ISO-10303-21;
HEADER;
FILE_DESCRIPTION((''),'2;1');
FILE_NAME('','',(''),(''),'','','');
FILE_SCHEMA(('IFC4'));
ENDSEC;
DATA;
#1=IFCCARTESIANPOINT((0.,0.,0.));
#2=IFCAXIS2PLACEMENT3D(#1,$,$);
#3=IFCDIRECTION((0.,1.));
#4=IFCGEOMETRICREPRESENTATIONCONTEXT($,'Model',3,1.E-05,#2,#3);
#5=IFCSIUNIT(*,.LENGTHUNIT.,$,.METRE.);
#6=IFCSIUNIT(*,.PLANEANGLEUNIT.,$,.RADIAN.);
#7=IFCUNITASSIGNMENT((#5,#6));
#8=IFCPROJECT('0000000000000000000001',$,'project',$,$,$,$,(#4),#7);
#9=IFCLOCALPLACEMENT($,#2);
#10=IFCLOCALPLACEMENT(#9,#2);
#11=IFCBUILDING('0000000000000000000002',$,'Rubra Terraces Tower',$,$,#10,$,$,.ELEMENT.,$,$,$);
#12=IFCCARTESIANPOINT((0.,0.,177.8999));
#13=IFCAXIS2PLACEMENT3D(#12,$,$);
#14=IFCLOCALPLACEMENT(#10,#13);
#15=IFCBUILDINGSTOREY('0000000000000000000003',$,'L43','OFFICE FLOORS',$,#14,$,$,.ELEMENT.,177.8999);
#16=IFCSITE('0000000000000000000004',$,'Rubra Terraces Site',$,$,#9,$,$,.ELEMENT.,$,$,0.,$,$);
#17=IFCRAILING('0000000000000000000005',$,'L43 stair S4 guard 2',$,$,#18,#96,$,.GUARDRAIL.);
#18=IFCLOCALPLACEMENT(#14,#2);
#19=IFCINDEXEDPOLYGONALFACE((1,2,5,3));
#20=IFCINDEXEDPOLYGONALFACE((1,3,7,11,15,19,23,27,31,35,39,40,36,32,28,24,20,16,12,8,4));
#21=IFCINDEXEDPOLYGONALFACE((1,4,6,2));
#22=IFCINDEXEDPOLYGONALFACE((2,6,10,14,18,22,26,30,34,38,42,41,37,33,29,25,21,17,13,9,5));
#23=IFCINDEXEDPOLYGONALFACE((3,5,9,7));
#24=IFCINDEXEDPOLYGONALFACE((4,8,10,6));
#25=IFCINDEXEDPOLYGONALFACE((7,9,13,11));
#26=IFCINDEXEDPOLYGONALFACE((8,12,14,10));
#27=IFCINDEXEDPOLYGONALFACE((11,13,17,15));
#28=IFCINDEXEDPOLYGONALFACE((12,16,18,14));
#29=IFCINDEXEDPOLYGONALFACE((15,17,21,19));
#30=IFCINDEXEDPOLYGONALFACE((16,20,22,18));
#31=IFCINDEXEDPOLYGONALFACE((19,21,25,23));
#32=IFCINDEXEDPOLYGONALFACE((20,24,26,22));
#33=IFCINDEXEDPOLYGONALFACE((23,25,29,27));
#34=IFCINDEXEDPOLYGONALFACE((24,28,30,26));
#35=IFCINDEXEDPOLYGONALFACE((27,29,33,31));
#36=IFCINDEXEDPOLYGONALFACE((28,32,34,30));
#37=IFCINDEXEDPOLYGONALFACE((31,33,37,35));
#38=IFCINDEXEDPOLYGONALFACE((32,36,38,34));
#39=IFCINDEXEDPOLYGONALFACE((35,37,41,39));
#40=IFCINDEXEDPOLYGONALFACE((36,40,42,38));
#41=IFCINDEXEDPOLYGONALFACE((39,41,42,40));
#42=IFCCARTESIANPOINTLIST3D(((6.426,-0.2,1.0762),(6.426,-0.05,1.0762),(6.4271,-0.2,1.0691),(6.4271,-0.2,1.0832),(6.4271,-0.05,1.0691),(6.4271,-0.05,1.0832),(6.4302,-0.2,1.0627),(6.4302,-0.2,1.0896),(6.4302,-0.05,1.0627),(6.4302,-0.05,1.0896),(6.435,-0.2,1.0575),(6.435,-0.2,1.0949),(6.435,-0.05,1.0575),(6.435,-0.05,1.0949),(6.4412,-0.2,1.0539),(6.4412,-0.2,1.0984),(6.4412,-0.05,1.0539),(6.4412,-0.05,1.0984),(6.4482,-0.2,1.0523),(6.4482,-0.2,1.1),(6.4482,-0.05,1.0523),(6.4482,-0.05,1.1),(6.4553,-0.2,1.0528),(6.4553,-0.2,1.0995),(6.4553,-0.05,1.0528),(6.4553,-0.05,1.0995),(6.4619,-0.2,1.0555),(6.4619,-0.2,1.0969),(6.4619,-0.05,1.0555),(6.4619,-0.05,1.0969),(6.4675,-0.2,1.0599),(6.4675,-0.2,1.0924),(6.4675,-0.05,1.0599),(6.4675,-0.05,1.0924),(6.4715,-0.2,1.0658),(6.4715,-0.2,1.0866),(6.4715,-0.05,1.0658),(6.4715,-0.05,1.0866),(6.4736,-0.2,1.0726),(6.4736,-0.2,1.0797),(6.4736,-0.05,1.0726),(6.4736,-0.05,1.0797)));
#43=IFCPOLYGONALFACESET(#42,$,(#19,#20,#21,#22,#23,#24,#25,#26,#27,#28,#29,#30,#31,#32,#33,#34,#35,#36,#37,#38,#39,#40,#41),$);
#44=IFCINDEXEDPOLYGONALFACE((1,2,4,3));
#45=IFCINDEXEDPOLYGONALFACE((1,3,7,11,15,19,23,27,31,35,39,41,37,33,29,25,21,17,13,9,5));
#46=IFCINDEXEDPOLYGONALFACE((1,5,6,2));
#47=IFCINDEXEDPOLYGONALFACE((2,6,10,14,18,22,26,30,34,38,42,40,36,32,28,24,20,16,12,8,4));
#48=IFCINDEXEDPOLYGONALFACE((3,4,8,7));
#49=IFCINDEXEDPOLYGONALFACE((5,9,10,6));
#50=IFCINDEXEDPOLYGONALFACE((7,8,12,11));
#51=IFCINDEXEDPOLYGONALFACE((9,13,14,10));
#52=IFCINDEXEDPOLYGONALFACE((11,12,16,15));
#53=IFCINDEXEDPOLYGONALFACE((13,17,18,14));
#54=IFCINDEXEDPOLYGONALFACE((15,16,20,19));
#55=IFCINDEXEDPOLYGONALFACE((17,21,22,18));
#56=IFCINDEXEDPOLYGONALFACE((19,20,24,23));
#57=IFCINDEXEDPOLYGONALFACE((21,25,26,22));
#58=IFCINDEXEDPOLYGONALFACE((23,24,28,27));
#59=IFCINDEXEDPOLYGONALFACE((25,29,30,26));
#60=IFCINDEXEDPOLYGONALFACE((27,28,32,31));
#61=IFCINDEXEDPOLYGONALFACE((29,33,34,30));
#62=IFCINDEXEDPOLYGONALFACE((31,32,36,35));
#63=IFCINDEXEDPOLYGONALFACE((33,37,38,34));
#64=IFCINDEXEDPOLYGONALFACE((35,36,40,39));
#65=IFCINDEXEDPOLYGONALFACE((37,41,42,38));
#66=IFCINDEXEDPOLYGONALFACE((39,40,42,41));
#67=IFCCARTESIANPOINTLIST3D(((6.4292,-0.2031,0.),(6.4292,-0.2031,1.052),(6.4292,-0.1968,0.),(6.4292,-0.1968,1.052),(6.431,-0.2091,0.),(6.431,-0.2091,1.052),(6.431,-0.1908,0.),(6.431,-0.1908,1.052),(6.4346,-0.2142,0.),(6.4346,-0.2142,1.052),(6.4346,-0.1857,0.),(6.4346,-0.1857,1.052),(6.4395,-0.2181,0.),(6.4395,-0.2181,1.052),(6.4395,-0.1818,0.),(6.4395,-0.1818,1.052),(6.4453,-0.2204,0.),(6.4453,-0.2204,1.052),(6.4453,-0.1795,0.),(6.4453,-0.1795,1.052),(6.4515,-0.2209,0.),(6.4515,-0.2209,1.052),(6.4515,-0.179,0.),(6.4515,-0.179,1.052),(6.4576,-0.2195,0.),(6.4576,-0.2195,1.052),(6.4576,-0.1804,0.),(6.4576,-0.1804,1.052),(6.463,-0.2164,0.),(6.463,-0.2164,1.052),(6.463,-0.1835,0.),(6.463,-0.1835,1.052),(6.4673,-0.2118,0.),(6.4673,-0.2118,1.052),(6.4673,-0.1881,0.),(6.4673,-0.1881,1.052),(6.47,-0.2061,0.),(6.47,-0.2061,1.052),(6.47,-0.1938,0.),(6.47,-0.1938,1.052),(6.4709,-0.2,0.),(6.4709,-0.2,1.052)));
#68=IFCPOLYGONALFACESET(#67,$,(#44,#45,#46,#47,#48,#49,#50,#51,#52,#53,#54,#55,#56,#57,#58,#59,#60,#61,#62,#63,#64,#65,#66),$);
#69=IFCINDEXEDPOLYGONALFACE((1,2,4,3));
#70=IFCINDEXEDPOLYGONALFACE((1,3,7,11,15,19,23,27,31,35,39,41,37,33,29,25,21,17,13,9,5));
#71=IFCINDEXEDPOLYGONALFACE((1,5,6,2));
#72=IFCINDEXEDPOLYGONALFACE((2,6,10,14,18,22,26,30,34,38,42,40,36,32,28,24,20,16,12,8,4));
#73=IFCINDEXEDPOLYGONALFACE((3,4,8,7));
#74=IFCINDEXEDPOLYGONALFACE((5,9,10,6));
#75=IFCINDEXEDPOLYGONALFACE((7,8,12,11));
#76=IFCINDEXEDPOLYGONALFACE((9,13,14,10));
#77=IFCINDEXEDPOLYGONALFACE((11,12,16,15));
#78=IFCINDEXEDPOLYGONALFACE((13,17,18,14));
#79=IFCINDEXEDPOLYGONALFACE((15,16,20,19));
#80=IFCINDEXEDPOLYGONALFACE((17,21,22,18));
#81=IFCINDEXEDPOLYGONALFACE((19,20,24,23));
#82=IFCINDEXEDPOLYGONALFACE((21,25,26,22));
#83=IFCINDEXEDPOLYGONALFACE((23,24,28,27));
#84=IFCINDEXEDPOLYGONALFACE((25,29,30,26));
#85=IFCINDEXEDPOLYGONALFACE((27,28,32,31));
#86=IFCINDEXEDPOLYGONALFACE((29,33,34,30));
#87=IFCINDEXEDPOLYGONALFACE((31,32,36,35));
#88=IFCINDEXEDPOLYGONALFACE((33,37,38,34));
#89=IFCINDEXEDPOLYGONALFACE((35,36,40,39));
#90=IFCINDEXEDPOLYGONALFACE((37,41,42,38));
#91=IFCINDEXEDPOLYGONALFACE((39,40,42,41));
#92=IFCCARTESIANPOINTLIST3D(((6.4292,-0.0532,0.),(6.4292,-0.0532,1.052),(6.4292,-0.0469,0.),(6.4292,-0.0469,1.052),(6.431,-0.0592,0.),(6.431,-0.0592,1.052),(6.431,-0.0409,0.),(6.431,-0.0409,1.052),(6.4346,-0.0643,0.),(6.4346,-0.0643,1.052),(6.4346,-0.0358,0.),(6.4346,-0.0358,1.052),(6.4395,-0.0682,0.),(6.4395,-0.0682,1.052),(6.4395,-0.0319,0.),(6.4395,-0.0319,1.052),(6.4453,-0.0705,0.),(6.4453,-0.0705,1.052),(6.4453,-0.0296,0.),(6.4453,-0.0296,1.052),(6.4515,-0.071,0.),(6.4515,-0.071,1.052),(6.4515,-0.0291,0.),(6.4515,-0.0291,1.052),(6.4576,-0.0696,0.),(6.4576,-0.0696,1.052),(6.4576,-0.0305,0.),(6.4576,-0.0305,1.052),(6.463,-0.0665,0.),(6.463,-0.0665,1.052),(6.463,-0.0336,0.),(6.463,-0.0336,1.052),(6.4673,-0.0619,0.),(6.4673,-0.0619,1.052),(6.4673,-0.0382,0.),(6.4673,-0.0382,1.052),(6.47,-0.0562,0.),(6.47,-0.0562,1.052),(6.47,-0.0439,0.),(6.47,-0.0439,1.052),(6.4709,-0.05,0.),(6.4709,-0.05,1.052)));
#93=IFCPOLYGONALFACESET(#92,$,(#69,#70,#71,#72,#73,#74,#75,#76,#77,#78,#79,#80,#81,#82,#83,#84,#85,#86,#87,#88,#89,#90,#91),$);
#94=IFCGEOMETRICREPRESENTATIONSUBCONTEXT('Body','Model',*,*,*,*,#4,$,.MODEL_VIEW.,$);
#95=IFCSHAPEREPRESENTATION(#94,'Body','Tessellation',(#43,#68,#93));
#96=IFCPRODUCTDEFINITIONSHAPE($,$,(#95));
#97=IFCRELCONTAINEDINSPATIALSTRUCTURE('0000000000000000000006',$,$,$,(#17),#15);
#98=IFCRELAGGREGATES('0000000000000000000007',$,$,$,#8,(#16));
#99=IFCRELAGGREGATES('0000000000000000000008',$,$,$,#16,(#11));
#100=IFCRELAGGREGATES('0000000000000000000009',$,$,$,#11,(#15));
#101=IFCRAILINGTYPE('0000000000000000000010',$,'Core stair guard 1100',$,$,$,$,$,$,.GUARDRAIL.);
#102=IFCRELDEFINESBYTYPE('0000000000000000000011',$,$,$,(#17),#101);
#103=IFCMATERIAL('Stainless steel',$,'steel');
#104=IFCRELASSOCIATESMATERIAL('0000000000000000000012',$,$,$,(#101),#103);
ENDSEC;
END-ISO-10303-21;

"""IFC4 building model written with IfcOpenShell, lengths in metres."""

from ifc_helpers import new_model, si_unit, direction, frame, origin, origin_2d, place, context, subcontext, project, spatial, circle, extrude, material, type_object, element, save


model = new_model("IFC4")

# Units and contexts
model_context = context("Model", 3, precision=1e-05, world=origin(), true_north=direction((0.0, 1.0)))
body_context = subcontext(model_context, "Body", "Model", "MODEL_VIEW")
ifc_project = project(units=[si_unit("LENGTHUNIT", "METRE"), si_unit("PLANEANGLEUNIT", "RADIAN")], contexts=[model_context])

# Site, building, storey
site_placement = place(None, origin())
site = spatial("IfcSite", under=ifc_project, at=site_placement, Name="Rubra Terraces Site", CompositionType="ELEMENT", RefElevation=0.0)
building_placement = place(site_placement, origin())
building = spatial("IfcBuilding", under=site, at=building_placement, Name="Rubra Terraces Tower", CompositionType="ELEMENT")
storey_placement = place(building_placement, frame((0.0, 0.0, 177.8999)))
storey = spatial("IfcBuildingStorey", under=building, at=storey_placement, Name="L43", Description="OFFICE FLOORS", CompositionType="ELEMENT", Elevation=177.8999)

# Railing
ifc_material_1 = material(Name="Stainless steel", Category="steel")
railing_type_1 = type_object("IfcRailingType", Name="Core stair guard 1100", PredefinedType="GUARDRAIL", material=ifc_material_1)
railing_1_placement = place(storey_placement, frame((6.45, -0.2, 0.0)))
element("IfcRailing", 1, at=railing_1_placement, inside=storey, type_object=railing_type_1, Name="L43 stair S4 guard 2", PredefinedType="GUARDRAIL", context=body_context, shape_type="SweptSolid", body=[
    extrude(circle(Radius=0.0239, at=origin_2d()), frame((0.0, 0.0, 1.0762), z_axis=(0.0, 1.0, 0.0), x_axis=(-1.0, 0.0, 0.0)), (0.0, 0.0, 1.0), 0.1499),
    extrude(circle(Radius=0.021, at=origin_2d()), origin(), (0.0, 0.0, 1.0), 1.052),
    extrude(circle(Radius=0.021, at=origin_2d()), frame((0.0, 0.1499, 0.0)), (0.0, 0.0, 1.0), 1.052),
])

save(model, "model.ifc")
